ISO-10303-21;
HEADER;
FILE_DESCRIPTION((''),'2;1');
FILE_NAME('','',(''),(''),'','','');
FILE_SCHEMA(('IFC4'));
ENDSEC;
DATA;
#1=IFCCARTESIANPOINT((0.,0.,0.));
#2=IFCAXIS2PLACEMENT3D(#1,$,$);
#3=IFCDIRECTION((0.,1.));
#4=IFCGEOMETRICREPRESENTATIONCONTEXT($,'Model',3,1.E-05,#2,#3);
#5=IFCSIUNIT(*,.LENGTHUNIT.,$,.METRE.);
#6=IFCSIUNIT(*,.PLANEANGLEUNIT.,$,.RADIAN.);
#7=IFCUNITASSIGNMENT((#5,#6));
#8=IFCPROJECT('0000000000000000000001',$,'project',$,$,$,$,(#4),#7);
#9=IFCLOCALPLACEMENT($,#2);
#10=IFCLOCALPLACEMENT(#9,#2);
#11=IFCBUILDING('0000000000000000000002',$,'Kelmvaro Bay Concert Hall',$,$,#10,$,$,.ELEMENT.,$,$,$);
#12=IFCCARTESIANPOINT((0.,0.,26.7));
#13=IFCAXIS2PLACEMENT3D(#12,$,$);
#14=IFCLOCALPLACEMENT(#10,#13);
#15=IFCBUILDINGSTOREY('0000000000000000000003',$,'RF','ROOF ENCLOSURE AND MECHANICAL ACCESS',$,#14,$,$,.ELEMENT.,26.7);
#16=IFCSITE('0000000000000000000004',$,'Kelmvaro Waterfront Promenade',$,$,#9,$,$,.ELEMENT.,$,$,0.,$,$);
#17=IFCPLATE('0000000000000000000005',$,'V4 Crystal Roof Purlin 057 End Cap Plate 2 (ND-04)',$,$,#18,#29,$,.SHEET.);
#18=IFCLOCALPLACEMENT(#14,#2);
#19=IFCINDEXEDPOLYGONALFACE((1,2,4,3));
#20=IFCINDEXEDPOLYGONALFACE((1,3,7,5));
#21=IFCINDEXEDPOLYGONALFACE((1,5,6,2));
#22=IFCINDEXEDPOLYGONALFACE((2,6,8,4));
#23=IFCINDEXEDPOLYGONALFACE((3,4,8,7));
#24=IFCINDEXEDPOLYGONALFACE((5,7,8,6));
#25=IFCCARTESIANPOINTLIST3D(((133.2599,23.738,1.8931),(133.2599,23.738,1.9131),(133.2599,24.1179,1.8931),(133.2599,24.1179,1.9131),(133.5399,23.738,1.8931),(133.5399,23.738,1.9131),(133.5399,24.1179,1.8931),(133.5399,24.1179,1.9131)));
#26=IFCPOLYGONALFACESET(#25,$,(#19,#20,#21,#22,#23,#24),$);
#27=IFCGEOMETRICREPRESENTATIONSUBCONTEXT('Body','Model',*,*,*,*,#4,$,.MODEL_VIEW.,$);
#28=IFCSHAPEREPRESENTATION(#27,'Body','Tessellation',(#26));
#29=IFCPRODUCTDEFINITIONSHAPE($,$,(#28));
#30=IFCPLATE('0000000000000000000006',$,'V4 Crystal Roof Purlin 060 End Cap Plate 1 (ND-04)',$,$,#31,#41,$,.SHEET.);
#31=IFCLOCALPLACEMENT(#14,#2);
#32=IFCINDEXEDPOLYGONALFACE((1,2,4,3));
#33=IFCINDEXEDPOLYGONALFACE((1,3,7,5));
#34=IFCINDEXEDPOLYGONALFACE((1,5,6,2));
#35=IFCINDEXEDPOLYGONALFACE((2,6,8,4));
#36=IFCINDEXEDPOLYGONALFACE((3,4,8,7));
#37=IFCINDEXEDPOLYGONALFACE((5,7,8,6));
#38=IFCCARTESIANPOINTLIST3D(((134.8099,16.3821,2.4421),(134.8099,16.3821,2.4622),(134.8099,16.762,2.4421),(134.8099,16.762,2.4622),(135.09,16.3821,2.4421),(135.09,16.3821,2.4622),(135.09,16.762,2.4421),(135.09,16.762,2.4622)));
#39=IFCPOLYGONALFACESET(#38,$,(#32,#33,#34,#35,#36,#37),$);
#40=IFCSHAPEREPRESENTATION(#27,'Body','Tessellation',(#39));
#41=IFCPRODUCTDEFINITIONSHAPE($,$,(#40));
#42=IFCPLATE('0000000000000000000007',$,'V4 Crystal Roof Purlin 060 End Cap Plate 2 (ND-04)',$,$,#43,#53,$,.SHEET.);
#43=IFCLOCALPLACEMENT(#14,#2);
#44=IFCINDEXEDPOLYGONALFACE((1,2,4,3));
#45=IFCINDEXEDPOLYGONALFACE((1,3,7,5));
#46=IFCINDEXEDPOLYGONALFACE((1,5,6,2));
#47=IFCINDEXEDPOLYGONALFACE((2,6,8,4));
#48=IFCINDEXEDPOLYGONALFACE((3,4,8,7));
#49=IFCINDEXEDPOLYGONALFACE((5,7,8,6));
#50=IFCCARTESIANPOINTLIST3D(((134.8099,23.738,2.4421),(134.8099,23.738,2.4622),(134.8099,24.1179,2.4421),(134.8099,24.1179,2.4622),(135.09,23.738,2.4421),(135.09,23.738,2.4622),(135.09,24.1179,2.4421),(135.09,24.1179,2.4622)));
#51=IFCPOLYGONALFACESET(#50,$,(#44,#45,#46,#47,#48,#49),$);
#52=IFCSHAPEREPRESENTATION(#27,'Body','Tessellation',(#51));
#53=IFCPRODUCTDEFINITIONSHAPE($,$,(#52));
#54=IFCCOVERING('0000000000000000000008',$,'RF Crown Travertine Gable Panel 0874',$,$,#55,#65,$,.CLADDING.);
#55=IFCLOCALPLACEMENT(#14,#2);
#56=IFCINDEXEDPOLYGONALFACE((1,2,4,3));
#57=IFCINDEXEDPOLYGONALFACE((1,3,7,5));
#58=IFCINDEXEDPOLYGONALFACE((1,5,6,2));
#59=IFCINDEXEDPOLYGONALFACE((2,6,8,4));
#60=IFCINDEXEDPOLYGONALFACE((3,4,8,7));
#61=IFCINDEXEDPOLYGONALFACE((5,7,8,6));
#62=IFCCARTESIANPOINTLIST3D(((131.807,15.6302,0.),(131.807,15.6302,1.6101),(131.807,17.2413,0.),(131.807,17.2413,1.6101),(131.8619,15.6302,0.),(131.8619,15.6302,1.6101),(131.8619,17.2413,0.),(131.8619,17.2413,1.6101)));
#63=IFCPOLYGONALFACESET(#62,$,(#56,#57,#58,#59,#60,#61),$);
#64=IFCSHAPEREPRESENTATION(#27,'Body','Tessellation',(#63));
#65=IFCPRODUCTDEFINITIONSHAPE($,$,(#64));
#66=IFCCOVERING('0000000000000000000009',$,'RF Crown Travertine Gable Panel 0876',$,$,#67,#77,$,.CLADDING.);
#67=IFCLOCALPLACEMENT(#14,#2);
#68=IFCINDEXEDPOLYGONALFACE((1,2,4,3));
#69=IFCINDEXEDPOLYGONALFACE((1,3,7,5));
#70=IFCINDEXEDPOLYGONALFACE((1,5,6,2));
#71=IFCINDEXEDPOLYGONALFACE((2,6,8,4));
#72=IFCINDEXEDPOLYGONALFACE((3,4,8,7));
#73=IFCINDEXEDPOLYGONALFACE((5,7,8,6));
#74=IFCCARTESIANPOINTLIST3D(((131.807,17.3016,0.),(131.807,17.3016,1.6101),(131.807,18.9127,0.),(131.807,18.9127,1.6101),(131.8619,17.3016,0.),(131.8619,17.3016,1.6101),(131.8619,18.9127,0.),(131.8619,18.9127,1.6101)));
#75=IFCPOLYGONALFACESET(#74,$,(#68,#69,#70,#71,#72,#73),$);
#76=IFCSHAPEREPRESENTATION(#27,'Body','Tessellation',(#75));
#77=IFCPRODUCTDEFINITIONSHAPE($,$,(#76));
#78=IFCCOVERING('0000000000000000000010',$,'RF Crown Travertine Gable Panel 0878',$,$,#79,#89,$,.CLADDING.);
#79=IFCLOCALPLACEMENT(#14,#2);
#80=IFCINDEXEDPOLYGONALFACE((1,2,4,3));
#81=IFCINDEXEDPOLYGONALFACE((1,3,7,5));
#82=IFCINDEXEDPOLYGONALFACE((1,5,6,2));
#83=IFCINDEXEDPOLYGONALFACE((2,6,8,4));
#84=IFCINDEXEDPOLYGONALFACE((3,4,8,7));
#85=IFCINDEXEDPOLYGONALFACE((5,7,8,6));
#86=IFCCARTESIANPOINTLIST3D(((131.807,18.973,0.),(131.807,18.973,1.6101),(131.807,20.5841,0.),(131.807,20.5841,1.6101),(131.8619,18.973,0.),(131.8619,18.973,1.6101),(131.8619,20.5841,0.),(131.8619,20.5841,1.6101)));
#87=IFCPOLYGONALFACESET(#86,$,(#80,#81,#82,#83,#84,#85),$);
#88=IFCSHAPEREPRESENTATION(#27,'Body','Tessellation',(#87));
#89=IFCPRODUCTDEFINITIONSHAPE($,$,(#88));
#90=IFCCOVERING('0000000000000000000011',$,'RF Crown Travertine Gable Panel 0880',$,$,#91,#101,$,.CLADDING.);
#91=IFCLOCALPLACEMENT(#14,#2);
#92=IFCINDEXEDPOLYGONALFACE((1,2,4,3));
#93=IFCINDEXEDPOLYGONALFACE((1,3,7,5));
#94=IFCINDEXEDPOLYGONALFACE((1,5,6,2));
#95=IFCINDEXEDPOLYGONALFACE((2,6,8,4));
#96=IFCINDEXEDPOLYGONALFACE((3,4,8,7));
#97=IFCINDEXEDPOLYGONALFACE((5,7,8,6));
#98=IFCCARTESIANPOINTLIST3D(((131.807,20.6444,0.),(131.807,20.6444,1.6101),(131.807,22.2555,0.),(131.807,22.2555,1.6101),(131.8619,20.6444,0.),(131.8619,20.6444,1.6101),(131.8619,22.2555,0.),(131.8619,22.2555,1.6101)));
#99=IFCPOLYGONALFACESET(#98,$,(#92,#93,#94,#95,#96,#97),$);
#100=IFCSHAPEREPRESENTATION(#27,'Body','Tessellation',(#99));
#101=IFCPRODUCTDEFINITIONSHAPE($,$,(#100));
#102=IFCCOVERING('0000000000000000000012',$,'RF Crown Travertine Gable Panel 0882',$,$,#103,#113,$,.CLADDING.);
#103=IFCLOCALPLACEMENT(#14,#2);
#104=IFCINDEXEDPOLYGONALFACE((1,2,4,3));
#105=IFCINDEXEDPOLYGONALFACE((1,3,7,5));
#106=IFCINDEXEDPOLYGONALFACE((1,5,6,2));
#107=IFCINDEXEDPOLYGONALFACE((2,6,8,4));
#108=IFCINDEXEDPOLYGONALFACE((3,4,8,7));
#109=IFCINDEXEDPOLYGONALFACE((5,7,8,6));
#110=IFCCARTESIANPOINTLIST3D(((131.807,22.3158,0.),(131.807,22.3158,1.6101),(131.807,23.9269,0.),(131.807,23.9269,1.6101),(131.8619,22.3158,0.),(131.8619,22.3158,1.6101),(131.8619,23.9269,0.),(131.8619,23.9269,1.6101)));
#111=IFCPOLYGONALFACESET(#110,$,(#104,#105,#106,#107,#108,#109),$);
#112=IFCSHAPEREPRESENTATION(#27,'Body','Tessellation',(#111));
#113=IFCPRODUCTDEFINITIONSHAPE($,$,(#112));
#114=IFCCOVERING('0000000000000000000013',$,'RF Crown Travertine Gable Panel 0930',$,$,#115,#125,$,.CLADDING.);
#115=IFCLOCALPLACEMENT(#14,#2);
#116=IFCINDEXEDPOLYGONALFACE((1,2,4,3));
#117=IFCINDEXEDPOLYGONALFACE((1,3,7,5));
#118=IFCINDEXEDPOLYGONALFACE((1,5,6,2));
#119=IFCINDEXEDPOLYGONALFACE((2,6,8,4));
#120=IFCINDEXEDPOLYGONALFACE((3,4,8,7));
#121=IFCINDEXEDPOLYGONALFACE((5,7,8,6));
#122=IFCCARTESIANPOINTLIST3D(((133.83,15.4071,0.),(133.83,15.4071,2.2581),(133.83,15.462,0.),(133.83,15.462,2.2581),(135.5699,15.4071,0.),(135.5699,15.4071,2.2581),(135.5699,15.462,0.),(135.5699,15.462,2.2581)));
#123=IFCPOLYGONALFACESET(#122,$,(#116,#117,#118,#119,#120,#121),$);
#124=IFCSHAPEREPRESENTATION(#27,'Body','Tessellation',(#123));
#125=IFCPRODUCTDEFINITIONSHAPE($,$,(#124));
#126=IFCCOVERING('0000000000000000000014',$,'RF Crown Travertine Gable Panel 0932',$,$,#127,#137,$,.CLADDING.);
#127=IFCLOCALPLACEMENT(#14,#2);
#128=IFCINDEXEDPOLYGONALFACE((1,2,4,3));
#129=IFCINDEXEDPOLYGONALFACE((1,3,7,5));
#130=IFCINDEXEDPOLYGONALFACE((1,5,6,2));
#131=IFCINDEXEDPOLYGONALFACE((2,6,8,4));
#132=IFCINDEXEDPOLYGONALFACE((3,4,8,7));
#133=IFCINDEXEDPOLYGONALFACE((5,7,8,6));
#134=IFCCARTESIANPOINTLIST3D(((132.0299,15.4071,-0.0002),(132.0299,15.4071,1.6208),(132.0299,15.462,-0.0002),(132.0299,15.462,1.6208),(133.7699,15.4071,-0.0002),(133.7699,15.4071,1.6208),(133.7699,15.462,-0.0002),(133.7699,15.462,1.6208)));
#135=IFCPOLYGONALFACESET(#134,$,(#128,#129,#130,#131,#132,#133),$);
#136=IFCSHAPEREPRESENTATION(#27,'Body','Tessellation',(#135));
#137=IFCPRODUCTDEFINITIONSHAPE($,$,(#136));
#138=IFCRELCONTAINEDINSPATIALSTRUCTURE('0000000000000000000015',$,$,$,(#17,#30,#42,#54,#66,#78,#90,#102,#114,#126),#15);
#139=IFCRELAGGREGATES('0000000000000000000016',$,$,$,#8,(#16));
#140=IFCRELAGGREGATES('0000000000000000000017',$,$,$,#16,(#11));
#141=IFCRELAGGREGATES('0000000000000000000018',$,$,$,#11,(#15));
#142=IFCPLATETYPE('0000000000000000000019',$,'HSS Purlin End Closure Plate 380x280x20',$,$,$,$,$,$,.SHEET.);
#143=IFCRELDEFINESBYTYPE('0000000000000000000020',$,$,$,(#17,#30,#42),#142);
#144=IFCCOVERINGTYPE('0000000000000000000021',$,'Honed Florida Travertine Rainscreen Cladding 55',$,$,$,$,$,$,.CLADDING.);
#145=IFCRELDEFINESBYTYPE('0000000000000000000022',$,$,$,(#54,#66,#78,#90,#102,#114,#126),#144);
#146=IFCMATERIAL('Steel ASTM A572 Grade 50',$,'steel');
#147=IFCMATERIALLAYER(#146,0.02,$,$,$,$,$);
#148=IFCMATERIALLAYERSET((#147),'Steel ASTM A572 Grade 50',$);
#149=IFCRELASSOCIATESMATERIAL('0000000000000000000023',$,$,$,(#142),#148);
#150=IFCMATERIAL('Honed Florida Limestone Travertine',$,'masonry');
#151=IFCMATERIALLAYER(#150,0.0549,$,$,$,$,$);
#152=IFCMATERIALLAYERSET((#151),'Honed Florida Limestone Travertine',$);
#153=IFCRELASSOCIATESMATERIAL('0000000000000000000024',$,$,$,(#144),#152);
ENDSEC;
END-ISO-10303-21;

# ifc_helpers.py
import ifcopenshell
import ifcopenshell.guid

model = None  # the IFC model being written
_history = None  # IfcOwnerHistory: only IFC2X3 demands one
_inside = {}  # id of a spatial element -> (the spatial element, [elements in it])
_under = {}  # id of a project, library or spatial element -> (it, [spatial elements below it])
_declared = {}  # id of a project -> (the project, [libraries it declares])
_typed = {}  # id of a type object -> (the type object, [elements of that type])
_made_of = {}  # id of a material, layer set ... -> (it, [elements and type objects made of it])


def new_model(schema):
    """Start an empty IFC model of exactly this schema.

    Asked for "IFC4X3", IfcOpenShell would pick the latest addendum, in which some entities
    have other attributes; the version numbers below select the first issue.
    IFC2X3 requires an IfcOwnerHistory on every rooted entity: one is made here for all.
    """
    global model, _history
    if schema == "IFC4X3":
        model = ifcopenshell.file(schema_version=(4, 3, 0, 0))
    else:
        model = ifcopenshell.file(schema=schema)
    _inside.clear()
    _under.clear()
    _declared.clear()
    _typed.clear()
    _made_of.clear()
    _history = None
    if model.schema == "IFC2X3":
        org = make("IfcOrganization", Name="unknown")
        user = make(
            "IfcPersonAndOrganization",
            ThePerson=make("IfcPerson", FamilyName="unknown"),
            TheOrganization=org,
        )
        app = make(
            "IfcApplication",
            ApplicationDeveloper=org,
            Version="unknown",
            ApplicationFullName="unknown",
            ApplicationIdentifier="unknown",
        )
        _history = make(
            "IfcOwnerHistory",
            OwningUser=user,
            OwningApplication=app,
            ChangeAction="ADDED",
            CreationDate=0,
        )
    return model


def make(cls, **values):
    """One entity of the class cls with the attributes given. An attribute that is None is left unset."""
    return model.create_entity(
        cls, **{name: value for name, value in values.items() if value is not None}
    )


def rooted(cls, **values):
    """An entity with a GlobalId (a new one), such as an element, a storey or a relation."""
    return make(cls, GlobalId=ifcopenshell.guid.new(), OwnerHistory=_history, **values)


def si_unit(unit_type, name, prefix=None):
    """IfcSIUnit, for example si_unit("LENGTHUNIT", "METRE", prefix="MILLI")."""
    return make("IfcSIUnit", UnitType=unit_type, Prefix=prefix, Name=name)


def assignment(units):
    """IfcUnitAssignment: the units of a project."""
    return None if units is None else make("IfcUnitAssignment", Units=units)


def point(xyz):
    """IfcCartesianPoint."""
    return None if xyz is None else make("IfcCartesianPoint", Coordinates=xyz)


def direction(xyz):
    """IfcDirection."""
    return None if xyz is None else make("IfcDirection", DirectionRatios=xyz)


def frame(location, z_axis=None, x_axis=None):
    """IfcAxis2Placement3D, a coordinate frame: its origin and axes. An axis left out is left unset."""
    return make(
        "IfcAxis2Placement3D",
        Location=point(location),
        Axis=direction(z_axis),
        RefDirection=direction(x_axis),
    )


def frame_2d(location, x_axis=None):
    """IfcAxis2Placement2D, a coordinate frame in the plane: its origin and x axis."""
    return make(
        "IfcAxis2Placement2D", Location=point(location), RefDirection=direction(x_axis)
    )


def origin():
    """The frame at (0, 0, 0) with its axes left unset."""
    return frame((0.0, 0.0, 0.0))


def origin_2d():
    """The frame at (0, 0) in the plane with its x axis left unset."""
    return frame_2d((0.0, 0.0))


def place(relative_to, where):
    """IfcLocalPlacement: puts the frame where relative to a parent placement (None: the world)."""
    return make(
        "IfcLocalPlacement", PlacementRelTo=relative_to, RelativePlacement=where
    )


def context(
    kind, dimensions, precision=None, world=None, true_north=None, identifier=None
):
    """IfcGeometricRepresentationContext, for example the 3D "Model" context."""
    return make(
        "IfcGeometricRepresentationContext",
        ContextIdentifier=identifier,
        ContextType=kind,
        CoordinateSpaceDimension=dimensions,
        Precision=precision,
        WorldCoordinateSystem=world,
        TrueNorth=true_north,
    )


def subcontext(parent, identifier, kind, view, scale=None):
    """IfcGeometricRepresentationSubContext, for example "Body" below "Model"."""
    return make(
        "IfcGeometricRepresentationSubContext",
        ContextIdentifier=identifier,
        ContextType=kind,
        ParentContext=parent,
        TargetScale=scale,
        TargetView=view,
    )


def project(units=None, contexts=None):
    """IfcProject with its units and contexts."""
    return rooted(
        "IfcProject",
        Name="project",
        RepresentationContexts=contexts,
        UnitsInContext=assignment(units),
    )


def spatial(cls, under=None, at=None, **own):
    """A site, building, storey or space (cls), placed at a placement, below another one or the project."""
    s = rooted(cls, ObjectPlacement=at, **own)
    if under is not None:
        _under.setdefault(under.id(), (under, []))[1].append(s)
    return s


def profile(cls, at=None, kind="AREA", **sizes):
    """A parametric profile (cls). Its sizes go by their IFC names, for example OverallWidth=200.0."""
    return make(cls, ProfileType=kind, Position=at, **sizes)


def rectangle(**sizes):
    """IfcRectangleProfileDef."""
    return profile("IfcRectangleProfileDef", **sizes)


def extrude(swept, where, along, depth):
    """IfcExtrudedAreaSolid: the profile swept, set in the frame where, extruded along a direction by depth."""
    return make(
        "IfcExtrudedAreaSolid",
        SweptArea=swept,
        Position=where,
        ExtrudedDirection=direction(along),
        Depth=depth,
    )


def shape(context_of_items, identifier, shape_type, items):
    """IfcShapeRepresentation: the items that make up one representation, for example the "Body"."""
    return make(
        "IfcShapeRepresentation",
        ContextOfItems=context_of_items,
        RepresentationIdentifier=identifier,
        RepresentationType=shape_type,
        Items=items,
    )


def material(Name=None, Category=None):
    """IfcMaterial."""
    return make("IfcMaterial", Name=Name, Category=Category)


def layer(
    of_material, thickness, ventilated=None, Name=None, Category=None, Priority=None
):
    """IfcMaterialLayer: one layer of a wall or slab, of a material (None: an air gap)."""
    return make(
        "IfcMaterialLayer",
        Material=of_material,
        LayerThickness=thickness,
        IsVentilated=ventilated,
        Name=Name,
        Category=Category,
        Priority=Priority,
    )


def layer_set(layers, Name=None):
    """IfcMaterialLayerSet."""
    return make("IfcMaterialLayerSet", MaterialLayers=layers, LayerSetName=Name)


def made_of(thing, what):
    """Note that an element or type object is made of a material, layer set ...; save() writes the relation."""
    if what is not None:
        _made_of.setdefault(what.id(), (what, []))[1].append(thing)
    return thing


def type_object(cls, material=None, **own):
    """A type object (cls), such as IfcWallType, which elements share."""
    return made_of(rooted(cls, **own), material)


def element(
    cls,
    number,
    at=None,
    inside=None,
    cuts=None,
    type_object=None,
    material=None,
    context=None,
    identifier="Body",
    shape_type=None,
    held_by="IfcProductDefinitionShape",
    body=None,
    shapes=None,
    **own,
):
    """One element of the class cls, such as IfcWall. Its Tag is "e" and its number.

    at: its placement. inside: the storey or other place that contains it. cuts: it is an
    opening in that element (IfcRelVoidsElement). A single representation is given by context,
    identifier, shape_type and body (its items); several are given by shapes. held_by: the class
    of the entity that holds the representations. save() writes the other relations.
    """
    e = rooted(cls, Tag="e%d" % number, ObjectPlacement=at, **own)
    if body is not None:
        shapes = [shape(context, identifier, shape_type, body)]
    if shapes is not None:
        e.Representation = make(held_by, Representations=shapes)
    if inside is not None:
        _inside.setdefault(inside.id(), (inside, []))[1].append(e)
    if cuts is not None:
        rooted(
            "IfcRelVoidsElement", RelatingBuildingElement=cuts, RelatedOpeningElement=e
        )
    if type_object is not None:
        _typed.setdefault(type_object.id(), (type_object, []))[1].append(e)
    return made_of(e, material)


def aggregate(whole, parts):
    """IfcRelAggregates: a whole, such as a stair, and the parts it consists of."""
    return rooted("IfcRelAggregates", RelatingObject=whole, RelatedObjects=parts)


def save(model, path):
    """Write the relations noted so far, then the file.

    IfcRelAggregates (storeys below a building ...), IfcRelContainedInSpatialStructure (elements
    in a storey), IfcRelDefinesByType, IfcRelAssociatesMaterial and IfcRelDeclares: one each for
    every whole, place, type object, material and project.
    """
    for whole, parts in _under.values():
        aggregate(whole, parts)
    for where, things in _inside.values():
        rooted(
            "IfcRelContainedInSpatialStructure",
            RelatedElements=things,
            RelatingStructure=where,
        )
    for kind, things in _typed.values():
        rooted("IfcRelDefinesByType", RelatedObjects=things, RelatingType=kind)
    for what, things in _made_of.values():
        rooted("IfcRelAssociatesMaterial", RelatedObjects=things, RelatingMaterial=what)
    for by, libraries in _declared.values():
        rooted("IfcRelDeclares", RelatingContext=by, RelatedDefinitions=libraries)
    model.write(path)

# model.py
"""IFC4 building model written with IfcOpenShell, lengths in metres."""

from ifc_helpers import new_model, si_unit, direction, frame, origin, origin_2d, place, context, subcontext, project, spatial, rectangle, extrude, material, layer, layer_set, type_object, element, save


model = new_model("IFC4")

# Units and contexts
model_context = context("Model", 3, precision=1e-05, world=origin(), true_north=direction((0.0, 1.0)))
body_context = subcontext(model_context, "Body", "Model", "MODEL_VIEW")
ifc_project = project(units=[si_unit("LENGTHUNIT", "METRE"), si_unit("PLANEANGLEUNIT", "RADIAN")], contexts=[model_context])

# Site, building, storey
site_placement = place(None, origin())
site = spatial("IfcSite", under=ifc_project, at=site_placement, Name="Kelmvaro Waterfront Promenade", CompositionType="ELEMENT", RefElevation=0.0)
building_placement = place(site_placement, origin())
building = spatial("IfcBuilding", under=site, at=building_placement, Name="Kelmvaro Bay Concert Hall", CompositionType="ELEMENT")
storey_placement = place(building_placement, frame((0.0, 0.0, 26.7)))
storey = spatial("IfcBuildingStorey", under=building, at=storey_placement, Name="RF", Description="ROOF ENCLOSURE AND MECHANICAL ACCESS", CompositionType="ELEMENT", Elevation=26.7)

# Plates
ifc_material_1 = material(Name="Steel ASTM A572 Grade 50", Category="steel")
ifc_layer_1 = layer(ifc_material_1, 0.02)
ifc_layer_set_1 = layer_set([ifc_layer_1], Name="Steel ASTM A572 Grade 50")
plate_type_1 = type_object("IfcPlateType", Name="HSS Purlin End Closure Plate 380x280x20", PredefinedType="SHEET", material=ifc_layer_set_1)
for number, where, z_axis, x_axis, name in (
    (1, (133.3999, 23.928, 1.8931), (0.0, 0.0, 1.0), (0.0, 1.0, 0.0), "V4 Crystal Roof Purlin 057 End Cap Plate 2 (ND-04)"),
    (2, (134.95, 16.572, 2.4421), (0.0, 0.0, 1.0), (0.0, 1.0, 0.0), "V4 Crystal Roof Purlin 060 End Cap Plate 1 (ND-04)"),
    (3, (134.95, 23.928, 2.4421), (0.0, 0.0, 1.0), (0.0, 1.0, 0.0), "V4 Crystal Roof Purlin 060 End Cap Plate 2 (ND-04)"),
):
    element("IfcPlate", number, at=place(storey_placement, frame(where, z_axis=z_axis, x_axis=x_axis)), inside=storey, type_object=plate_type_1, Name=name, PredefinedType="SHEET", context=body_context, shape_type="SweptSolid", body=[
        extrude(rectangle(XDim=0.3799, YDim=0.28, at=origin_2d()), origin(), (0.0, 0.0, 1.0), 0.02),
    ])

# Coverings
ifc_material_2 = material(Name="Honed Florida Limestone Travertine", Category="masonry")
ifc_layer_2 = layer(ifc_material_2, 0.0549)
ifc_layer_set_2 = layer_set([ifc_layer_2], Name="Honed Florida Limestone Travertine")
covering_type = type_object("IfcCoveringType", Name="Honed Florida Travertine Rainscreen Cladding 55", PredefinedType="CLADDING", material=ifc_layer_set_2)
for number, where, z_axis, x_axis, name in (
    (4, (131.8345, 16.4358, 0.0), (0.0, 0.0, 1.0), (0.0, 1.0, 0.0), "RF Crown Travertine Gable Panel 0874"),
    (5, (131.8345, 18.1072, 0.0), (0.0, 0.0, 1.0), (0.0, 1.0, 0.0), "RF Crown Travertine Gable Panel 0876"),
    (6, (131.8345, 19.7786, 0.0), (0.0, 0.0, 1.0), (0.0, 1.0, 0.0), "RF Crown Travertine Gable Panel 0878"),
    (7, (131.8345, 21.45, 0.0), (0.0, 0.0, 1.0), (0.0, 1.0, 0.0), "RF Crown Travertine Gable Panel 0880"),
    (8, (131.8345, 23.1213, 0.0), (0.0, 0.0, 1.0), (0.0, 1.0, 0.0), "RF Crown Travertine Gable Panel 0882"),
):
    element("IfcCovering", number, at=place(storey_placement, frame(where, z_axis=z_axis, x_axis=x_axis)), inside=storey, type_object=covering_type, Name=name, PredefinedType="CLADDING", context=body_context, shape_type="SweptSolid", body=[
        extrude(rectangle(XDim=1.6111, YDim=0.0549, at=origin_2d()), origin(), (0.0, 0.0, 1.0), 1.6101),
    ])
covering_1_placement = place(storey_placement, frame((134.7, 15.4346, 0.0), z_axis=(0.0, 0.0, 1.0), x_axis=(-1.0, 0.0, 0.0)))
element("IfcCovering", 9, at=covering_1_placement, inside=storey, type_object=covering_type, Name="RF Crown Travertine Gable Panel 0930", PredefinedType="CLADDING", context=body_context, shape_type="SweptSolid", body=[
    extrude(rectangle(XDim=1.74, YDim=0.0549, at=origin_2d()), origin(), (0.0, 0.0, 1.0), 2.2581),
])
covering_2_placement = place(storey_placement, frame((132.8999, 15.4346, -0.0002), z_axis=(0.0, 0.0, 1.0), x_axis=(-1.0, 0.0, 0.0)))
element("IfcCovering", 10, at=covering_2_placement, inside=storey, type_object=covering_type, Name="RF Crown Travertine Gable Panel 0932", PredefinedType="CLADDING", context=body_context, shape_type="SweptSolid", body=[
    extrude(rectangle(XDim=1.74, YDim=0.0549, at=origin_2d()), origin(), (0.0, 0.0, 1.0), 1.6211),
])

save(model, "model.ifc")
